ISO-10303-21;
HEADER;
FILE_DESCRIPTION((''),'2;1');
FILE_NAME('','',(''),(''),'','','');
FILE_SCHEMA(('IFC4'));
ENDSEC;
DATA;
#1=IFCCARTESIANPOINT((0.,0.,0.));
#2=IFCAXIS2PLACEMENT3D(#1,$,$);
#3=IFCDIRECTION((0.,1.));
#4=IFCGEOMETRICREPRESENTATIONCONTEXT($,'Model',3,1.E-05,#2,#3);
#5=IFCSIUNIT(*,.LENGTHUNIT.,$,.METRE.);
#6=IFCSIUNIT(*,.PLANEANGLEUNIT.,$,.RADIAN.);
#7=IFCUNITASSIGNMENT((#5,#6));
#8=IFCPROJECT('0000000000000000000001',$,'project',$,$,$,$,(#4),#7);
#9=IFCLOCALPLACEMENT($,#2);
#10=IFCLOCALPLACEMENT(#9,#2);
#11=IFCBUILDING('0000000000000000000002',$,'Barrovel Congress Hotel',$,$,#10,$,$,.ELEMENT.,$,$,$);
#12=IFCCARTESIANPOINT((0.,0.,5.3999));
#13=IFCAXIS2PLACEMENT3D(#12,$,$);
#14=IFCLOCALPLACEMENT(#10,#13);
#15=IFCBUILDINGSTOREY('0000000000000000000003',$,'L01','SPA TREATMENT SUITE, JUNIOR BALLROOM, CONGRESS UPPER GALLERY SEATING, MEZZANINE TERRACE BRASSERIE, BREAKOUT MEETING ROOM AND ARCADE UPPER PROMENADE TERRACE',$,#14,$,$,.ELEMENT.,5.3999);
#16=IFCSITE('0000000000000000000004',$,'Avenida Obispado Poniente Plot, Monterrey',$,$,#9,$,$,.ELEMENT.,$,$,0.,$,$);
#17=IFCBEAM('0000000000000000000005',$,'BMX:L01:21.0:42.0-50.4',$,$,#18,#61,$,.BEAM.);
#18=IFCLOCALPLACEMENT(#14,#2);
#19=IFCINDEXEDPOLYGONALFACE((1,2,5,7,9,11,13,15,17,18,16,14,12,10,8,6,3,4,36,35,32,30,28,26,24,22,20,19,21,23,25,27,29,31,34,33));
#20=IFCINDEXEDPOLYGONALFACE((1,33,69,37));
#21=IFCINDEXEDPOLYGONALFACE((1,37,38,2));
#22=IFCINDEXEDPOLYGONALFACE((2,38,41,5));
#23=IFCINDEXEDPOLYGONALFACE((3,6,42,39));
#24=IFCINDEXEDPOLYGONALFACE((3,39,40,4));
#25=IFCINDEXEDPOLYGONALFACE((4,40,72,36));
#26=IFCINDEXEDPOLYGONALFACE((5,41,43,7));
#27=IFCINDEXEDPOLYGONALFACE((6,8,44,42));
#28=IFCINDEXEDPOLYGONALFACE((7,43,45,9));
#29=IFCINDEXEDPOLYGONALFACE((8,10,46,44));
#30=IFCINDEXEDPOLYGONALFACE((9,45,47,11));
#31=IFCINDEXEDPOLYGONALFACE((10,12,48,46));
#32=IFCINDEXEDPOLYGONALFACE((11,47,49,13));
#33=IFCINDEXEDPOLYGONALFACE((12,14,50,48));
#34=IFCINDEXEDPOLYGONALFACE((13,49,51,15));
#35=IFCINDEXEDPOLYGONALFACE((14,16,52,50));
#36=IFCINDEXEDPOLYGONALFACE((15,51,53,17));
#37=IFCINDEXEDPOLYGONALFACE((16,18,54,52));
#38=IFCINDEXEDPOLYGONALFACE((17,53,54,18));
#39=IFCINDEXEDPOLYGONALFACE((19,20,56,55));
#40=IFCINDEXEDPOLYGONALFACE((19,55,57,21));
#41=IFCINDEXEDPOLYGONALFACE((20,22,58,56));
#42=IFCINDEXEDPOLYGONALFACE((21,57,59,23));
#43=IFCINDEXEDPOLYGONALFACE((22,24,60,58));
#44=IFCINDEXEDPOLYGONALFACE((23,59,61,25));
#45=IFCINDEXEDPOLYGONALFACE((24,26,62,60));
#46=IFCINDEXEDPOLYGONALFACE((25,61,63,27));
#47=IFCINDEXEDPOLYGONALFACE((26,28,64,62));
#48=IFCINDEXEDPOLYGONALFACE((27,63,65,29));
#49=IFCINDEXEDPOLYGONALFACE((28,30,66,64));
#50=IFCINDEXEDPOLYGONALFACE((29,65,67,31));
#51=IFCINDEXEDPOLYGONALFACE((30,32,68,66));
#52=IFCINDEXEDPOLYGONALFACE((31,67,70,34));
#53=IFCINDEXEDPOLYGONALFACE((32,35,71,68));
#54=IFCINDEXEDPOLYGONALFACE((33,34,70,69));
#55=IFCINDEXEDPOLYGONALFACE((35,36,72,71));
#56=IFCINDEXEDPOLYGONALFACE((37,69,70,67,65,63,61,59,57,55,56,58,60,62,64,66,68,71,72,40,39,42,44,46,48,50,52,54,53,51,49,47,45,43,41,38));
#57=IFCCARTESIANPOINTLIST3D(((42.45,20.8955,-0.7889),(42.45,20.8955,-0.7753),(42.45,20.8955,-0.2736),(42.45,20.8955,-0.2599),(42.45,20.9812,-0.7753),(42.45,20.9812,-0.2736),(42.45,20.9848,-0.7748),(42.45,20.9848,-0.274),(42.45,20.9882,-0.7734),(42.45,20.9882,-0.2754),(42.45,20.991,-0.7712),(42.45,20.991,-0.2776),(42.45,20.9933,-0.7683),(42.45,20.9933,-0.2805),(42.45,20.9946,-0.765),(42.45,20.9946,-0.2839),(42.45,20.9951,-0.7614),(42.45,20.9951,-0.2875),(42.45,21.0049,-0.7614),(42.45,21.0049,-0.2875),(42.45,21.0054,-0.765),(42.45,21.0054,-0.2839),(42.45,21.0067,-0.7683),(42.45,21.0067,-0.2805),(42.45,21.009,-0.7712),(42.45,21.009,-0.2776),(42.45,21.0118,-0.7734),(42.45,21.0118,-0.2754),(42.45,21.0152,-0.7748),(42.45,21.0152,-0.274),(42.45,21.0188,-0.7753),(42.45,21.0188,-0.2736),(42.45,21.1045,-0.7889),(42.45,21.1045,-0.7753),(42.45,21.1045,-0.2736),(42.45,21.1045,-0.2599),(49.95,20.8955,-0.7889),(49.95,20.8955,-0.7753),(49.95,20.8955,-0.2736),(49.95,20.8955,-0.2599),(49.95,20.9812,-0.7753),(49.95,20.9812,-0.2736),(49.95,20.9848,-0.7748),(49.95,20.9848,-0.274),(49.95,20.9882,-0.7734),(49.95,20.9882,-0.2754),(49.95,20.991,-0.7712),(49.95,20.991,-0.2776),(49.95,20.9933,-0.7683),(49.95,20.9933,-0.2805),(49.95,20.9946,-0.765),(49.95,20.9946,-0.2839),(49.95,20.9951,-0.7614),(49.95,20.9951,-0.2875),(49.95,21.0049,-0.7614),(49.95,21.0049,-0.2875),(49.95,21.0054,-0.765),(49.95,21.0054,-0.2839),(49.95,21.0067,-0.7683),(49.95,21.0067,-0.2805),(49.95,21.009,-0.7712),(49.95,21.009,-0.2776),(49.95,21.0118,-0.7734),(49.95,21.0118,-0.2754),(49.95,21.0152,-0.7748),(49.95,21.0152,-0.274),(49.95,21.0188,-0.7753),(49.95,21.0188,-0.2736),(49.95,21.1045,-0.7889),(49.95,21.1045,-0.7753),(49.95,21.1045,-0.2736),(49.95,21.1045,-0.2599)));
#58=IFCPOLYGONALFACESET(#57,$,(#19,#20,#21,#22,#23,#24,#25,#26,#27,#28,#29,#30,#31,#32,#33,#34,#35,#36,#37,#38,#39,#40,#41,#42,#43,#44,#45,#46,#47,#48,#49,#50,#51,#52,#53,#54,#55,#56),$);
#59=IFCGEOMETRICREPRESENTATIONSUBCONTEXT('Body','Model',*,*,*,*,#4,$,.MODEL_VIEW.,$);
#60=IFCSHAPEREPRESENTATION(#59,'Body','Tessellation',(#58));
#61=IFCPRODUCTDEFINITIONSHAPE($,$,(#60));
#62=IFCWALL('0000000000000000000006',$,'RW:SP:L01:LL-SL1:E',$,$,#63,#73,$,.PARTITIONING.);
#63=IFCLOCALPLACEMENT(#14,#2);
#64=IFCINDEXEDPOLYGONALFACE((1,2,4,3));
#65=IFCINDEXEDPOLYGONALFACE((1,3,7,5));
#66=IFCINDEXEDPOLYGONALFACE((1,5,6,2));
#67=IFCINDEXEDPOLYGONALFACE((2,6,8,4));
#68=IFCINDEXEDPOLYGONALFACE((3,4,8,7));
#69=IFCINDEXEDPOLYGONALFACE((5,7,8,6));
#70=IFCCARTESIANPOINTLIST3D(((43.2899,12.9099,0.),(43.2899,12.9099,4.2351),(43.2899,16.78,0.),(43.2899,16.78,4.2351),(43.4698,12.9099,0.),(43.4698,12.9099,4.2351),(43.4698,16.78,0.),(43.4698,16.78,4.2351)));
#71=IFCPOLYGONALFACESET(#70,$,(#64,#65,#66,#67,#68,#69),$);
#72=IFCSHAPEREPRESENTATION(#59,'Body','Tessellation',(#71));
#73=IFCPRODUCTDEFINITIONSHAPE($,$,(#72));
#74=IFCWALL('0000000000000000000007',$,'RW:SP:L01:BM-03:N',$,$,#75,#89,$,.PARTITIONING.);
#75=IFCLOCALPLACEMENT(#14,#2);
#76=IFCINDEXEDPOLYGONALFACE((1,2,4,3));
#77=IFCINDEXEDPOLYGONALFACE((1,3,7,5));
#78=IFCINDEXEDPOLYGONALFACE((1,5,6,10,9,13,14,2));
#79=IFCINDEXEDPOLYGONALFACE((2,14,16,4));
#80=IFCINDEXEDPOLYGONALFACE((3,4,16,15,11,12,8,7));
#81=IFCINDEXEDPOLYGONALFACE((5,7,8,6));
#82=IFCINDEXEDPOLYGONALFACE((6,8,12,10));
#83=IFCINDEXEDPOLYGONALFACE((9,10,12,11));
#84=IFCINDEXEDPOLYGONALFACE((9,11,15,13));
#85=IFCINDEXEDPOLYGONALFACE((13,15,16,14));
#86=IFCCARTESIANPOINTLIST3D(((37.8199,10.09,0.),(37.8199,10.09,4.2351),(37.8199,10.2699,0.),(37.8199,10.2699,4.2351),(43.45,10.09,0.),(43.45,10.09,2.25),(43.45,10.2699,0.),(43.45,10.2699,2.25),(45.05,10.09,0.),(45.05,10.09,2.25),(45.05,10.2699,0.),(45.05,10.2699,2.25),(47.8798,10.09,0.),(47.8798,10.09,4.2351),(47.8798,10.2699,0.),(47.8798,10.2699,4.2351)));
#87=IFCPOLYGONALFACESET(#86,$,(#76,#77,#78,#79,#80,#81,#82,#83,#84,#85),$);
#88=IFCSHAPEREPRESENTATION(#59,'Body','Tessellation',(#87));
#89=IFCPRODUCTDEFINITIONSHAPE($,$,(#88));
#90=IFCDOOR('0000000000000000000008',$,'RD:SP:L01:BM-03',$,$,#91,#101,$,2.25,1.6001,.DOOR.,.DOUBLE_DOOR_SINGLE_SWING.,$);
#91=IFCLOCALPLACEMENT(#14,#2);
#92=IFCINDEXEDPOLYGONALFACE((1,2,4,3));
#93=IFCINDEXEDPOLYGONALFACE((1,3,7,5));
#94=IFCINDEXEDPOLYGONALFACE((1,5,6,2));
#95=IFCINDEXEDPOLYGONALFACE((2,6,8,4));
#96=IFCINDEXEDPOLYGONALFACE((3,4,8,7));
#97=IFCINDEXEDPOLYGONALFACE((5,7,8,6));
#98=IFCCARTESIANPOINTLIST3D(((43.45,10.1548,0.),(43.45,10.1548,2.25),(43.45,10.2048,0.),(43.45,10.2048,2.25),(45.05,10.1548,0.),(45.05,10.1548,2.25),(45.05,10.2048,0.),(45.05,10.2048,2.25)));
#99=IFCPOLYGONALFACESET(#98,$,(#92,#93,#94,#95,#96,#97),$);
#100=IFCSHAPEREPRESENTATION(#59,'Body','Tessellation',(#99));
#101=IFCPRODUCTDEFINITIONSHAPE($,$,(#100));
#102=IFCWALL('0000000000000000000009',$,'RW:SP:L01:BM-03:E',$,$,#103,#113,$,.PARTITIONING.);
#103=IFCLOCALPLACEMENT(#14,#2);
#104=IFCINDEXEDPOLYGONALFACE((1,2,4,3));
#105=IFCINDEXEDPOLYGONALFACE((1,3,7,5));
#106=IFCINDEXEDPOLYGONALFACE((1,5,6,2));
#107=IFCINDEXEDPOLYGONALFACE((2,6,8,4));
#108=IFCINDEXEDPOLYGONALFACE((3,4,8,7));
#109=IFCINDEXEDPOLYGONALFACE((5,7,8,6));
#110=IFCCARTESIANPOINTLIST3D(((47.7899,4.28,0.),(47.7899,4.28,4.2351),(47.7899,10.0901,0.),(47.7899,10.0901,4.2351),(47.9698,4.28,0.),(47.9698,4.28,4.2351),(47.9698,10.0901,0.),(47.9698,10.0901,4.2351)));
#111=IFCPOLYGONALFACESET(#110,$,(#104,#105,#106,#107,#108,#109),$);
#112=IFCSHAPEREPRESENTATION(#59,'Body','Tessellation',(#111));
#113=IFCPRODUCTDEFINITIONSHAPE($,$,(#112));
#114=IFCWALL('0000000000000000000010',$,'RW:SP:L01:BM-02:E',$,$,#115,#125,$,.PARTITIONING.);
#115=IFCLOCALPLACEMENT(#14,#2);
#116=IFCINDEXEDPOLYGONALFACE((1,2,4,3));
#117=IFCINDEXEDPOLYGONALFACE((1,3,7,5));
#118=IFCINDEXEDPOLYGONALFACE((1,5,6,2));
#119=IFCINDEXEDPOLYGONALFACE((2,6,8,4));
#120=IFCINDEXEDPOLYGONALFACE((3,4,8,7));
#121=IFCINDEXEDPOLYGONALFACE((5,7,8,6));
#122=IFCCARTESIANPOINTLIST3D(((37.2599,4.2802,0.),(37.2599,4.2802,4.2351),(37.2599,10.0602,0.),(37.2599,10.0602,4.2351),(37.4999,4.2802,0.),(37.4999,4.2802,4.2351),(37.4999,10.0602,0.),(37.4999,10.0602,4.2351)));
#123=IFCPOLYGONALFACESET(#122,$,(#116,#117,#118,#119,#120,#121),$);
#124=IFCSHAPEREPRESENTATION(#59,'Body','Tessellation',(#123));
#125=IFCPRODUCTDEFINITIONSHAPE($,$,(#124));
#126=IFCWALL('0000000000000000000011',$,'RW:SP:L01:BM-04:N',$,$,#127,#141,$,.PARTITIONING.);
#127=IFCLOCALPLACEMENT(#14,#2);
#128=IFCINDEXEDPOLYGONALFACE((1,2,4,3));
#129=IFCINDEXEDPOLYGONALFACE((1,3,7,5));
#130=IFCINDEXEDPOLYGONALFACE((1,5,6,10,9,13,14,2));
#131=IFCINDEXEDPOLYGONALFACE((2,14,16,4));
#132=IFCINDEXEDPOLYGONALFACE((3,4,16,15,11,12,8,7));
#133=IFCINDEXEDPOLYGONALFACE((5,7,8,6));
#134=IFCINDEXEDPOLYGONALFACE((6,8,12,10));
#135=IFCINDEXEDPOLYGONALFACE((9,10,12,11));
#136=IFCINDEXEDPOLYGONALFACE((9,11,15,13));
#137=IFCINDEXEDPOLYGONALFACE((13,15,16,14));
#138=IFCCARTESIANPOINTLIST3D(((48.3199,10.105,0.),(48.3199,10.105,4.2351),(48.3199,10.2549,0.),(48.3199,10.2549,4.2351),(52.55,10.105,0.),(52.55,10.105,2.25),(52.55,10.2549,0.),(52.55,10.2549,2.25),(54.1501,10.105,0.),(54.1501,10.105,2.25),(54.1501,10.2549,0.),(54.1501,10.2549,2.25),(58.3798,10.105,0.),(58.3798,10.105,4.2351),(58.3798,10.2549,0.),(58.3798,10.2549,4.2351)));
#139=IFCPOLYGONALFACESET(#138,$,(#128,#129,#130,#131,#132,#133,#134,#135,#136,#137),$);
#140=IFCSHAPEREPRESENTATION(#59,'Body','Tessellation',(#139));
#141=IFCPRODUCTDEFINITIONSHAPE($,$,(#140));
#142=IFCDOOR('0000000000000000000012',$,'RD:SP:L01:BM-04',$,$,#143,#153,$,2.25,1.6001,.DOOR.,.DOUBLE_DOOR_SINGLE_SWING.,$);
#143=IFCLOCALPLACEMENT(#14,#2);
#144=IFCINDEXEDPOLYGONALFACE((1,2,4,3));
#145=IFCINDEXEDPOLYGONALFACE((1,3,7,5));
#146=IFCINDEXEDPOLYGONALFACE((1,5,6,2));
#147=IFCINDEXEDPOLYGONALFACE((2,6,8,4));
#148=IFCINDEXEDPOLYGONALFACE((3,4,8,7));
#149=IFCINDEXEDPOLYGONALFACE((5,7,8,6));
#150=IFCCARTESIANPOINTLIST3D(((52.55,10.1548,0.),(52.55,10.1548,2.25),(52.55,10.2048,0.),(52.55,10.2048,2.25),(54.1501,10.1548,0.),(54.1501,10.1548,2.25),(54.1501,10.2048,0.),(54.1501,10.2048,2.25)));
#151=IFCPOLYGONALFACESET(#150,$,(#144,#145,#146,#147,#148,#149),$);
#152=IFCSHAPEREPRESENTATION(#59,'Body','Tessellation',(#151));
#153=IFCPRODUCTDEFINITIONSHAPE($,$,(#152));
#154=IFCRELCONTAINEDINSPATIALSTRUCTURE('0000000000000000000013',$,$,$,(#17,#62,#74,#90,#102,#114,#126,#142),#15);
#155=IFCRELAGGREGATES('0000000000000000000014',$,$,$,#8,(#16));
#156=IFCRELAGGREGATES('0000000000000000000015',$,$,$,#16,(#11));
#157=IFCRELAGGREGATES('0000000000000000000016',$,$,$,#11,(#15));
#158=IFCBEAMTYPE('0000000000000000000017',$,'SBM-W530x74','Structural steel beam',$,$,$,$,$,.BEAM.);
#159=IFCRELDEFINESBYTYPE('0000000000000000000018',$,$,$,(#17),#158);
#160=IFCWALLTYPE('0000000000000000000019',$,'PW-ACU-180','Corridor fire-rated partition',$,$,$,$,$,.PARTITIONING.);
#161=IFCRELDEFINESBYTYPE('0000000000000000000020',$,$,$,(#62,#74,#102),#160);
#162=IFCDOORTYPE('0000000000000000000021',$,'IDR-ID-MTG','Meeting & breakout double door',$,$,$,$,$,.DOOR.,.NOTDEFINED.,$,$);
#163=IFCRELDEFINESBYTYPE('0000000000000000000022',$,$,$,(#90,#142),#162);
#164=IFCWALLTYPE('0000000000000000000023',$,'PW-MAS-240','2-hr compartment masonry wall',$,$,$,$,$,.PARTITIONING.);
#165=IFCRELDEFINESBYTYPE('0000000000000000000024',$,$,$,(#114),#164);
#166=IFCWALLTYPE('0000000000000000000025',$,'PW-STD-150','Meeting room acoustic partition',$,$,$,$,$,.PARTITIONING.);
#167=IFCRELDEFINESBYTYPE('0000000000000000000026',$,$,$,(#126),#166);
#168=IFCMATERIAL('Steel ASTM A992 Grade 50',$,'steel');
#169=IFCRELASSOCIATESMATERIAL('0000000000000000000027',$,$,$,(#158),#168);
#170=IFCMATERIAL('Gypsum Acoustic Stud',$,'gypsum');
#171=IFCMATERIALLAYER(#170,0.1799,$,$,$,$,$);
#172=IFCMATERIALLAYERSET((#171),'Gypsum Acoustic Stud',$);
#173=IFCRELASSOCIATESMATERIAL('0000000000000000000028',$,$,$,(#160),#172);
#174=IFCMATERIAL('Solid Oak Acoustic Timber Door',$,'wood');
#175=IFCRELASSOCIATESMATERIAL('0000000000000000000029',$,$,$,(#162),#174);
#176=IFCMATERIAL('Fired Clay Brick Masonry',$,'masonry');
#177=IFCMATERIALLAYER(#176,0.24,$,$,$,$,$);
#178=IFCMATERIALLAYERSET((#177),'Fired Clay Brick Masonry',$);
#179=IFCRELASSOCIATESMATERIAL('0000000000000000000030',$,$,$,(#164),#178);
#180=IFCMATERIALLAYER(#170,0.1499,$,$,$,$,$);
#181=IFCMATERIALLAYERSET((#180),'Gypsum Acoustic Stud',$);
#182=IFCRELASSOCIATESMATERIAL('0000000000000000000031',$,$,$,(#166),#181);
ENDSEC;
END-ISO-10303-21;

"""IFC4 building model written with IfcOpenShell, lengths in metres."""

from ifc_helpers import new_model, si_unit, direction, frame, frame_2d, origin, origin_2d, place, context, subcontext, project, spatial, rectangle, i_section, extrude, material, layer, layer_set, material_profile, profile_set, type_object, element, fill, save


model = new_model("IFC4")

# Units and contexts
model_context = context("Model", 3, precision=1e-05, world=origin(), true_north=direction((0.0, 1.0)))
body_context = subcontext(model_context, "Body", "Model", "MODEL_VIEW")
ifc_project = project(units=[si_unit("LENGTHUNIT", "METRE"), si_unit("PLANEANGLEUNIT", "RADIAN")], contexts=[model_context])

# Site, building, storey
site_placement = place(None, origin())
site = spatial("IfcSite", under=ifc_project, at=site_placement, Name="Avenida Obispado Poniente Plot, Monterrey", CompositionType="ELEMENT", RefElevation=0.0)
building_placement = place(site_placement, origin())
building = spatial("IfcBuilding", under=site, at=building_placement, Name="Barrovel Congress Hotel", CompositionType="ELEMENT")
storey_placement = place(building_placement, frame((0.0, 0.0, 5.3999)))
storey = spatial("IfcBuildingStorey", under=building, at=storey_placement, Name="L01", Description="SPA TREATMENT SUITE, JUNIOR BALLROOM, CONGRESS UPPER GALLERY SEATING, MEZZANINE TERRACE BRASSERIE, BREAKOUT MEETING ROOM AND ARCADE UPPER PROMENADE TERRACE", CompositionType="ELEMENT", Elevation=5.3999)

# Beam
ifc_material_1 = material(Name="Steel ASTM A992 Grade 50", Category="steel")
ifc_material_profile_1 = material_profile(ifc_material_1, i_section(OverallWidth=0.209, OverallDepth=0.5291, WebThickness=0.0098, FlangeThickness=0.0137, FilletRadius=0.0139, at=origin_2d()), Name="W530x74")
ifc_profile_set_1 = profile_set([ifc_material_profile_1], Name="Steel ASTM A992 Grade 50")
beam_type_1 = type_object("IfcBeamType", Name="SBM-W530x74", Description="Structural steel beam", PredefinedType="BEAM", material=ifc_profile_set_1)
beam_1_placement = place(storey_placement, frame((42.45, 21.0, -0.5244), z_axis=(1.0, 0.0, 0.0), x_axis=(0.0, 1.0, 0.0)))
element("IfcBeam", 1, at=beam_1_placement, inside=storey, type_object=beam_type_1, Name="BMX:L01:21.0:42.0-50.4", PredefinedType="BEAM", context=body_context, shape_type="SweptSolid", body=[
    extrude(i_section(OverallWidth=0.209, OverallDepth=0.5291, WebThickness=0.0098, FlangeThickness=0.0137, FilletRadius=0.0139, at=origin_2d()), origin(), (0.0, 0.0, 1.0), 7.5),
])

# Shared definitions
ifc_material_2 = material(Name="Gypsum Acoustic Stud", Category="gypsum")
ifc_layer_1 = layer(ifc_material_2, 0.1799)
ifc_layer_set_1 = layer_set([ifc_layer_1], Name="Gypsum Acoustic Stud")
wall_type_1 = type_object("IfcWallType", Name="PW-ACU-180", Description="Corridor fire-rated partition", PredefinedType="PARTITIONING", material=ifc_layer_set_1)
ifc_material_3 = material(Name="Solid Oak Acoustic Timber Door", Category="wood")

# Wall
wall_1_placement = place(storey_placement, frame((43.3799, 12.9099, 0.0), z_axis=(0.0, 0.0, 1.0), x_axis=(0.0, 1.0, 0.0)))
element("IfcWall", 2, at=wall_1_placement, inside=storey, type_object=wall_type_1, Name="RW:SP:L01:LL-SL1:E", PredefinedType="PARTITIONING", context=body_context, shape_type="SweptSolid", body=[
    extrude(rectangle(XDim=3.8701, YDim=0.1799, at=frame_2d((1.9351, 0.0))), origin(), (0.0, 0.0, 1.0), 4.2351),
])

# Wall, opening, door
wall_2_placement = place(storey_placement, frame((37.8201, 10.1799, 0.0), z_axis=(0.0, 0.0, 1.0), x_axis=(1.0, 0.0, 0.0)))
wall_2 = element("IfcWall", 3, at=wall_2_placement, inside=storey, type_object=wall_type_1, Name="RW:SP:L01:BM-03:N", PredefinedType="PARTITIONING", context=body_context, shape_type="SweptSolid", body=[
    extrude(rectangle(XDim=10.0598, YDim=0.1799, at=frame_2d((5.0298, 0.0))), origin(), (0.0, 0.0, 1.0), 4.2351),
])
opening_1_placement = place(wall_2_placement, frame((5.6299, 0.0, 0.0)))
opening_1 = element("IfcOpeningElement", 4, at=opening_1_placement, cuts=wall_2, PredefinedType="OPENING", context=body_context, shape_type="SweptSolid", body=[
    extrude(rectangle(XDim=1.6001, YDim=2.25, at=frame_2d((0.8, 1.125))), frame((0.0, 0.1001, 0.0), z_axis=(0.0, -1.0, 0.0), x_axis=(1.0, 0.0, 0.0)), (0.0, 0.0, 1.0), 0.2),
])
door_type_1 = type_object("IfcDoorType", Name="IDR-ID-MTG", Description="Meeting & breakout double door", OperationType="NOTDEFINED", PredefinedType="DOOR", material=ifc_material_3)
door_1_placement = place(opening_1_placement, origin())
door_1 = element("IfcDoor", 5, at=door_1_placement, inside=storey, type_object=door_type_1, Name="RD:SP:L01:BM-03", OperationType="DOUBLE_DOOR_SINGLE_SWING", OverallHeight=2.25, OverallWidth=1.6001, PredefinedType="DOOR", context=body_context, shape_type="SweptSolid", body=[
    extrude(rectangle(XDim=1.6001, YDim=2.25, at=frame_2d((0.8, 1.125))), frame((0.0, 0.0249, 0.0), z_axis=(0.0, -1.0, 0.0), x_axis=(1.0, 0.0, 0.0)), (0.0, 0.0, 1.0), 0.05),
])
fill(opening_1, door_1)

# Walls
wall_3_placement = place(storey_placement, frame((47.8799, 4.28, 0.0), z_axis=(0.0, 0.0, 1.0), x_axis=(0.0, 1.0, 0.0)))
element("IfcWall", 6, at=wall_3_placement, inside=storey, type_object=wall_type_1, Name="RW:SP:L01:BM-03:E", PredefinedType="PARTITIONING", context=body_context, shape_type="SweptSolid", body=[
    extrude(rectangle(XDim=5.8101, YDim=0.1799, at=frame_2d((2.905, 0.0))), origin(), (0.0, 0.0, 1.0), 4.2351),
])
ifc_material_4 = material(Name="Fired Clay Brick Masonry", Category="masonry")
ifc_layer_2 = layer(ifc_material_4, 0.24)
ifc_layer_set_2 = layer_set([ifc_layer_2], Name="Fired Clay Brick Masonry")
wall_type_2 = type_object("IfcWallType", Name="PW-MAS-240", Description="2-hr compartment masonry wall", PredefinedType="PARTITIONING", material=ifc_layer_set_2)
wall_4_placement = place(storey_placement, frame((37.3799, 4.28, 0.0), z_axis=(0.0, 0.0, 1.0), x_axis=(0.0, 1.0, 0.0)))
element("IfcWall", 7, at=wall_4_placement, inside=storey, type_object=wall_type_2, Name="RW:SP:L01:BM-02:E", PredefinedType="PARTITIONING", context=body_context, shape_type="SweptSolid", body=[
    extrude(rectangle(XDim=5.78, YDim=0.24, at=frame_2d((2.8901, 0.0))), origin(), (0.0, 0.0, 1.0), 4.2351),
])

# Wall, opening, door
ifc_layer_3 = layer(ifc_material_2, 0.1499)
ifc_layer_set_3 = layer_set([ifc_layer_3], Name="Gypsum Acoustic Stud")
wall_type_3 = type_object("IfcWallType", Name="PW-STD-150", Description="Meeting room acoustic partition", PredefinedType="PARTITIONING", material=ifc_layer_set_3)
wall_5_placement = place(storey_placement, frame((48.3201, 10.1799, 0.0), z_axis=(0.0, 0.0, 1.0), x_axis=(1.0, 0.0, 0.0)))
wall_5 = element("IfcWall", 8, at=wall_5_placement, inside=storey, type_object=wall_type_3, Name="RW:SP:L01:BM-04:N", PredefinedType="PARTITIONING", context=body_context, shape_type="SweptSolid", body=[
    extrude(rectangle(XDim=10.0598, YDim=0.1499, at=frame_2d((5.0298, 0.0))), origin(), (0.0, 0.0, 1.0), 4.2351),
])
opening_2_placement = place(wall_5_placement, frame((4.23, 0.0, 0.0)))
opening_2 = element("IfcOpeningElement", 9, at=opening_2_placement, cuts=wall_5, PredefinedType="OPENING", context=body_context, shape_type="SweptSolid", body=[
    extrude(rectangle(XDim=1.6001, YDim=2.25, at=frame_2d((0.8, 1.125))), frame((0.0, 0.085, 0.0), z_axis=(0.0, -1.0, 0.0), x_axis=(1.0, 0.0, 0.0)), (0.0, 0.0, 1.0), 0.1699),
])
door_2_placement = place(opening_2_placement, origin())
door_2 = element("IfcDoor", 10, at=door_2_placement, inside=storey, type_object=door_type_1, Name="RD:SP:L01:BM-04", OperationType="DOUBLE_DOOR_SINGLE_SWING", OverallHeight=2.25, OverallWidth=1.6001, PredefinedType="DOOR", context=body_context, shape_type="SweptSolid", body=[
    extrude(rectangle(XDim=1.6001, YDim=2.25, at=frame_2d((0.8, 1.125))), frame((0.0, 0.0249, 0.0), z_axis=(0.0, -1.0, 0.0), x_axis=(1.0, 0.0, 0.0)), (0.0, 0.0, 1.0), 0.05),
])
fill(opening_2, door_2)

save(model, "model.ifc")
